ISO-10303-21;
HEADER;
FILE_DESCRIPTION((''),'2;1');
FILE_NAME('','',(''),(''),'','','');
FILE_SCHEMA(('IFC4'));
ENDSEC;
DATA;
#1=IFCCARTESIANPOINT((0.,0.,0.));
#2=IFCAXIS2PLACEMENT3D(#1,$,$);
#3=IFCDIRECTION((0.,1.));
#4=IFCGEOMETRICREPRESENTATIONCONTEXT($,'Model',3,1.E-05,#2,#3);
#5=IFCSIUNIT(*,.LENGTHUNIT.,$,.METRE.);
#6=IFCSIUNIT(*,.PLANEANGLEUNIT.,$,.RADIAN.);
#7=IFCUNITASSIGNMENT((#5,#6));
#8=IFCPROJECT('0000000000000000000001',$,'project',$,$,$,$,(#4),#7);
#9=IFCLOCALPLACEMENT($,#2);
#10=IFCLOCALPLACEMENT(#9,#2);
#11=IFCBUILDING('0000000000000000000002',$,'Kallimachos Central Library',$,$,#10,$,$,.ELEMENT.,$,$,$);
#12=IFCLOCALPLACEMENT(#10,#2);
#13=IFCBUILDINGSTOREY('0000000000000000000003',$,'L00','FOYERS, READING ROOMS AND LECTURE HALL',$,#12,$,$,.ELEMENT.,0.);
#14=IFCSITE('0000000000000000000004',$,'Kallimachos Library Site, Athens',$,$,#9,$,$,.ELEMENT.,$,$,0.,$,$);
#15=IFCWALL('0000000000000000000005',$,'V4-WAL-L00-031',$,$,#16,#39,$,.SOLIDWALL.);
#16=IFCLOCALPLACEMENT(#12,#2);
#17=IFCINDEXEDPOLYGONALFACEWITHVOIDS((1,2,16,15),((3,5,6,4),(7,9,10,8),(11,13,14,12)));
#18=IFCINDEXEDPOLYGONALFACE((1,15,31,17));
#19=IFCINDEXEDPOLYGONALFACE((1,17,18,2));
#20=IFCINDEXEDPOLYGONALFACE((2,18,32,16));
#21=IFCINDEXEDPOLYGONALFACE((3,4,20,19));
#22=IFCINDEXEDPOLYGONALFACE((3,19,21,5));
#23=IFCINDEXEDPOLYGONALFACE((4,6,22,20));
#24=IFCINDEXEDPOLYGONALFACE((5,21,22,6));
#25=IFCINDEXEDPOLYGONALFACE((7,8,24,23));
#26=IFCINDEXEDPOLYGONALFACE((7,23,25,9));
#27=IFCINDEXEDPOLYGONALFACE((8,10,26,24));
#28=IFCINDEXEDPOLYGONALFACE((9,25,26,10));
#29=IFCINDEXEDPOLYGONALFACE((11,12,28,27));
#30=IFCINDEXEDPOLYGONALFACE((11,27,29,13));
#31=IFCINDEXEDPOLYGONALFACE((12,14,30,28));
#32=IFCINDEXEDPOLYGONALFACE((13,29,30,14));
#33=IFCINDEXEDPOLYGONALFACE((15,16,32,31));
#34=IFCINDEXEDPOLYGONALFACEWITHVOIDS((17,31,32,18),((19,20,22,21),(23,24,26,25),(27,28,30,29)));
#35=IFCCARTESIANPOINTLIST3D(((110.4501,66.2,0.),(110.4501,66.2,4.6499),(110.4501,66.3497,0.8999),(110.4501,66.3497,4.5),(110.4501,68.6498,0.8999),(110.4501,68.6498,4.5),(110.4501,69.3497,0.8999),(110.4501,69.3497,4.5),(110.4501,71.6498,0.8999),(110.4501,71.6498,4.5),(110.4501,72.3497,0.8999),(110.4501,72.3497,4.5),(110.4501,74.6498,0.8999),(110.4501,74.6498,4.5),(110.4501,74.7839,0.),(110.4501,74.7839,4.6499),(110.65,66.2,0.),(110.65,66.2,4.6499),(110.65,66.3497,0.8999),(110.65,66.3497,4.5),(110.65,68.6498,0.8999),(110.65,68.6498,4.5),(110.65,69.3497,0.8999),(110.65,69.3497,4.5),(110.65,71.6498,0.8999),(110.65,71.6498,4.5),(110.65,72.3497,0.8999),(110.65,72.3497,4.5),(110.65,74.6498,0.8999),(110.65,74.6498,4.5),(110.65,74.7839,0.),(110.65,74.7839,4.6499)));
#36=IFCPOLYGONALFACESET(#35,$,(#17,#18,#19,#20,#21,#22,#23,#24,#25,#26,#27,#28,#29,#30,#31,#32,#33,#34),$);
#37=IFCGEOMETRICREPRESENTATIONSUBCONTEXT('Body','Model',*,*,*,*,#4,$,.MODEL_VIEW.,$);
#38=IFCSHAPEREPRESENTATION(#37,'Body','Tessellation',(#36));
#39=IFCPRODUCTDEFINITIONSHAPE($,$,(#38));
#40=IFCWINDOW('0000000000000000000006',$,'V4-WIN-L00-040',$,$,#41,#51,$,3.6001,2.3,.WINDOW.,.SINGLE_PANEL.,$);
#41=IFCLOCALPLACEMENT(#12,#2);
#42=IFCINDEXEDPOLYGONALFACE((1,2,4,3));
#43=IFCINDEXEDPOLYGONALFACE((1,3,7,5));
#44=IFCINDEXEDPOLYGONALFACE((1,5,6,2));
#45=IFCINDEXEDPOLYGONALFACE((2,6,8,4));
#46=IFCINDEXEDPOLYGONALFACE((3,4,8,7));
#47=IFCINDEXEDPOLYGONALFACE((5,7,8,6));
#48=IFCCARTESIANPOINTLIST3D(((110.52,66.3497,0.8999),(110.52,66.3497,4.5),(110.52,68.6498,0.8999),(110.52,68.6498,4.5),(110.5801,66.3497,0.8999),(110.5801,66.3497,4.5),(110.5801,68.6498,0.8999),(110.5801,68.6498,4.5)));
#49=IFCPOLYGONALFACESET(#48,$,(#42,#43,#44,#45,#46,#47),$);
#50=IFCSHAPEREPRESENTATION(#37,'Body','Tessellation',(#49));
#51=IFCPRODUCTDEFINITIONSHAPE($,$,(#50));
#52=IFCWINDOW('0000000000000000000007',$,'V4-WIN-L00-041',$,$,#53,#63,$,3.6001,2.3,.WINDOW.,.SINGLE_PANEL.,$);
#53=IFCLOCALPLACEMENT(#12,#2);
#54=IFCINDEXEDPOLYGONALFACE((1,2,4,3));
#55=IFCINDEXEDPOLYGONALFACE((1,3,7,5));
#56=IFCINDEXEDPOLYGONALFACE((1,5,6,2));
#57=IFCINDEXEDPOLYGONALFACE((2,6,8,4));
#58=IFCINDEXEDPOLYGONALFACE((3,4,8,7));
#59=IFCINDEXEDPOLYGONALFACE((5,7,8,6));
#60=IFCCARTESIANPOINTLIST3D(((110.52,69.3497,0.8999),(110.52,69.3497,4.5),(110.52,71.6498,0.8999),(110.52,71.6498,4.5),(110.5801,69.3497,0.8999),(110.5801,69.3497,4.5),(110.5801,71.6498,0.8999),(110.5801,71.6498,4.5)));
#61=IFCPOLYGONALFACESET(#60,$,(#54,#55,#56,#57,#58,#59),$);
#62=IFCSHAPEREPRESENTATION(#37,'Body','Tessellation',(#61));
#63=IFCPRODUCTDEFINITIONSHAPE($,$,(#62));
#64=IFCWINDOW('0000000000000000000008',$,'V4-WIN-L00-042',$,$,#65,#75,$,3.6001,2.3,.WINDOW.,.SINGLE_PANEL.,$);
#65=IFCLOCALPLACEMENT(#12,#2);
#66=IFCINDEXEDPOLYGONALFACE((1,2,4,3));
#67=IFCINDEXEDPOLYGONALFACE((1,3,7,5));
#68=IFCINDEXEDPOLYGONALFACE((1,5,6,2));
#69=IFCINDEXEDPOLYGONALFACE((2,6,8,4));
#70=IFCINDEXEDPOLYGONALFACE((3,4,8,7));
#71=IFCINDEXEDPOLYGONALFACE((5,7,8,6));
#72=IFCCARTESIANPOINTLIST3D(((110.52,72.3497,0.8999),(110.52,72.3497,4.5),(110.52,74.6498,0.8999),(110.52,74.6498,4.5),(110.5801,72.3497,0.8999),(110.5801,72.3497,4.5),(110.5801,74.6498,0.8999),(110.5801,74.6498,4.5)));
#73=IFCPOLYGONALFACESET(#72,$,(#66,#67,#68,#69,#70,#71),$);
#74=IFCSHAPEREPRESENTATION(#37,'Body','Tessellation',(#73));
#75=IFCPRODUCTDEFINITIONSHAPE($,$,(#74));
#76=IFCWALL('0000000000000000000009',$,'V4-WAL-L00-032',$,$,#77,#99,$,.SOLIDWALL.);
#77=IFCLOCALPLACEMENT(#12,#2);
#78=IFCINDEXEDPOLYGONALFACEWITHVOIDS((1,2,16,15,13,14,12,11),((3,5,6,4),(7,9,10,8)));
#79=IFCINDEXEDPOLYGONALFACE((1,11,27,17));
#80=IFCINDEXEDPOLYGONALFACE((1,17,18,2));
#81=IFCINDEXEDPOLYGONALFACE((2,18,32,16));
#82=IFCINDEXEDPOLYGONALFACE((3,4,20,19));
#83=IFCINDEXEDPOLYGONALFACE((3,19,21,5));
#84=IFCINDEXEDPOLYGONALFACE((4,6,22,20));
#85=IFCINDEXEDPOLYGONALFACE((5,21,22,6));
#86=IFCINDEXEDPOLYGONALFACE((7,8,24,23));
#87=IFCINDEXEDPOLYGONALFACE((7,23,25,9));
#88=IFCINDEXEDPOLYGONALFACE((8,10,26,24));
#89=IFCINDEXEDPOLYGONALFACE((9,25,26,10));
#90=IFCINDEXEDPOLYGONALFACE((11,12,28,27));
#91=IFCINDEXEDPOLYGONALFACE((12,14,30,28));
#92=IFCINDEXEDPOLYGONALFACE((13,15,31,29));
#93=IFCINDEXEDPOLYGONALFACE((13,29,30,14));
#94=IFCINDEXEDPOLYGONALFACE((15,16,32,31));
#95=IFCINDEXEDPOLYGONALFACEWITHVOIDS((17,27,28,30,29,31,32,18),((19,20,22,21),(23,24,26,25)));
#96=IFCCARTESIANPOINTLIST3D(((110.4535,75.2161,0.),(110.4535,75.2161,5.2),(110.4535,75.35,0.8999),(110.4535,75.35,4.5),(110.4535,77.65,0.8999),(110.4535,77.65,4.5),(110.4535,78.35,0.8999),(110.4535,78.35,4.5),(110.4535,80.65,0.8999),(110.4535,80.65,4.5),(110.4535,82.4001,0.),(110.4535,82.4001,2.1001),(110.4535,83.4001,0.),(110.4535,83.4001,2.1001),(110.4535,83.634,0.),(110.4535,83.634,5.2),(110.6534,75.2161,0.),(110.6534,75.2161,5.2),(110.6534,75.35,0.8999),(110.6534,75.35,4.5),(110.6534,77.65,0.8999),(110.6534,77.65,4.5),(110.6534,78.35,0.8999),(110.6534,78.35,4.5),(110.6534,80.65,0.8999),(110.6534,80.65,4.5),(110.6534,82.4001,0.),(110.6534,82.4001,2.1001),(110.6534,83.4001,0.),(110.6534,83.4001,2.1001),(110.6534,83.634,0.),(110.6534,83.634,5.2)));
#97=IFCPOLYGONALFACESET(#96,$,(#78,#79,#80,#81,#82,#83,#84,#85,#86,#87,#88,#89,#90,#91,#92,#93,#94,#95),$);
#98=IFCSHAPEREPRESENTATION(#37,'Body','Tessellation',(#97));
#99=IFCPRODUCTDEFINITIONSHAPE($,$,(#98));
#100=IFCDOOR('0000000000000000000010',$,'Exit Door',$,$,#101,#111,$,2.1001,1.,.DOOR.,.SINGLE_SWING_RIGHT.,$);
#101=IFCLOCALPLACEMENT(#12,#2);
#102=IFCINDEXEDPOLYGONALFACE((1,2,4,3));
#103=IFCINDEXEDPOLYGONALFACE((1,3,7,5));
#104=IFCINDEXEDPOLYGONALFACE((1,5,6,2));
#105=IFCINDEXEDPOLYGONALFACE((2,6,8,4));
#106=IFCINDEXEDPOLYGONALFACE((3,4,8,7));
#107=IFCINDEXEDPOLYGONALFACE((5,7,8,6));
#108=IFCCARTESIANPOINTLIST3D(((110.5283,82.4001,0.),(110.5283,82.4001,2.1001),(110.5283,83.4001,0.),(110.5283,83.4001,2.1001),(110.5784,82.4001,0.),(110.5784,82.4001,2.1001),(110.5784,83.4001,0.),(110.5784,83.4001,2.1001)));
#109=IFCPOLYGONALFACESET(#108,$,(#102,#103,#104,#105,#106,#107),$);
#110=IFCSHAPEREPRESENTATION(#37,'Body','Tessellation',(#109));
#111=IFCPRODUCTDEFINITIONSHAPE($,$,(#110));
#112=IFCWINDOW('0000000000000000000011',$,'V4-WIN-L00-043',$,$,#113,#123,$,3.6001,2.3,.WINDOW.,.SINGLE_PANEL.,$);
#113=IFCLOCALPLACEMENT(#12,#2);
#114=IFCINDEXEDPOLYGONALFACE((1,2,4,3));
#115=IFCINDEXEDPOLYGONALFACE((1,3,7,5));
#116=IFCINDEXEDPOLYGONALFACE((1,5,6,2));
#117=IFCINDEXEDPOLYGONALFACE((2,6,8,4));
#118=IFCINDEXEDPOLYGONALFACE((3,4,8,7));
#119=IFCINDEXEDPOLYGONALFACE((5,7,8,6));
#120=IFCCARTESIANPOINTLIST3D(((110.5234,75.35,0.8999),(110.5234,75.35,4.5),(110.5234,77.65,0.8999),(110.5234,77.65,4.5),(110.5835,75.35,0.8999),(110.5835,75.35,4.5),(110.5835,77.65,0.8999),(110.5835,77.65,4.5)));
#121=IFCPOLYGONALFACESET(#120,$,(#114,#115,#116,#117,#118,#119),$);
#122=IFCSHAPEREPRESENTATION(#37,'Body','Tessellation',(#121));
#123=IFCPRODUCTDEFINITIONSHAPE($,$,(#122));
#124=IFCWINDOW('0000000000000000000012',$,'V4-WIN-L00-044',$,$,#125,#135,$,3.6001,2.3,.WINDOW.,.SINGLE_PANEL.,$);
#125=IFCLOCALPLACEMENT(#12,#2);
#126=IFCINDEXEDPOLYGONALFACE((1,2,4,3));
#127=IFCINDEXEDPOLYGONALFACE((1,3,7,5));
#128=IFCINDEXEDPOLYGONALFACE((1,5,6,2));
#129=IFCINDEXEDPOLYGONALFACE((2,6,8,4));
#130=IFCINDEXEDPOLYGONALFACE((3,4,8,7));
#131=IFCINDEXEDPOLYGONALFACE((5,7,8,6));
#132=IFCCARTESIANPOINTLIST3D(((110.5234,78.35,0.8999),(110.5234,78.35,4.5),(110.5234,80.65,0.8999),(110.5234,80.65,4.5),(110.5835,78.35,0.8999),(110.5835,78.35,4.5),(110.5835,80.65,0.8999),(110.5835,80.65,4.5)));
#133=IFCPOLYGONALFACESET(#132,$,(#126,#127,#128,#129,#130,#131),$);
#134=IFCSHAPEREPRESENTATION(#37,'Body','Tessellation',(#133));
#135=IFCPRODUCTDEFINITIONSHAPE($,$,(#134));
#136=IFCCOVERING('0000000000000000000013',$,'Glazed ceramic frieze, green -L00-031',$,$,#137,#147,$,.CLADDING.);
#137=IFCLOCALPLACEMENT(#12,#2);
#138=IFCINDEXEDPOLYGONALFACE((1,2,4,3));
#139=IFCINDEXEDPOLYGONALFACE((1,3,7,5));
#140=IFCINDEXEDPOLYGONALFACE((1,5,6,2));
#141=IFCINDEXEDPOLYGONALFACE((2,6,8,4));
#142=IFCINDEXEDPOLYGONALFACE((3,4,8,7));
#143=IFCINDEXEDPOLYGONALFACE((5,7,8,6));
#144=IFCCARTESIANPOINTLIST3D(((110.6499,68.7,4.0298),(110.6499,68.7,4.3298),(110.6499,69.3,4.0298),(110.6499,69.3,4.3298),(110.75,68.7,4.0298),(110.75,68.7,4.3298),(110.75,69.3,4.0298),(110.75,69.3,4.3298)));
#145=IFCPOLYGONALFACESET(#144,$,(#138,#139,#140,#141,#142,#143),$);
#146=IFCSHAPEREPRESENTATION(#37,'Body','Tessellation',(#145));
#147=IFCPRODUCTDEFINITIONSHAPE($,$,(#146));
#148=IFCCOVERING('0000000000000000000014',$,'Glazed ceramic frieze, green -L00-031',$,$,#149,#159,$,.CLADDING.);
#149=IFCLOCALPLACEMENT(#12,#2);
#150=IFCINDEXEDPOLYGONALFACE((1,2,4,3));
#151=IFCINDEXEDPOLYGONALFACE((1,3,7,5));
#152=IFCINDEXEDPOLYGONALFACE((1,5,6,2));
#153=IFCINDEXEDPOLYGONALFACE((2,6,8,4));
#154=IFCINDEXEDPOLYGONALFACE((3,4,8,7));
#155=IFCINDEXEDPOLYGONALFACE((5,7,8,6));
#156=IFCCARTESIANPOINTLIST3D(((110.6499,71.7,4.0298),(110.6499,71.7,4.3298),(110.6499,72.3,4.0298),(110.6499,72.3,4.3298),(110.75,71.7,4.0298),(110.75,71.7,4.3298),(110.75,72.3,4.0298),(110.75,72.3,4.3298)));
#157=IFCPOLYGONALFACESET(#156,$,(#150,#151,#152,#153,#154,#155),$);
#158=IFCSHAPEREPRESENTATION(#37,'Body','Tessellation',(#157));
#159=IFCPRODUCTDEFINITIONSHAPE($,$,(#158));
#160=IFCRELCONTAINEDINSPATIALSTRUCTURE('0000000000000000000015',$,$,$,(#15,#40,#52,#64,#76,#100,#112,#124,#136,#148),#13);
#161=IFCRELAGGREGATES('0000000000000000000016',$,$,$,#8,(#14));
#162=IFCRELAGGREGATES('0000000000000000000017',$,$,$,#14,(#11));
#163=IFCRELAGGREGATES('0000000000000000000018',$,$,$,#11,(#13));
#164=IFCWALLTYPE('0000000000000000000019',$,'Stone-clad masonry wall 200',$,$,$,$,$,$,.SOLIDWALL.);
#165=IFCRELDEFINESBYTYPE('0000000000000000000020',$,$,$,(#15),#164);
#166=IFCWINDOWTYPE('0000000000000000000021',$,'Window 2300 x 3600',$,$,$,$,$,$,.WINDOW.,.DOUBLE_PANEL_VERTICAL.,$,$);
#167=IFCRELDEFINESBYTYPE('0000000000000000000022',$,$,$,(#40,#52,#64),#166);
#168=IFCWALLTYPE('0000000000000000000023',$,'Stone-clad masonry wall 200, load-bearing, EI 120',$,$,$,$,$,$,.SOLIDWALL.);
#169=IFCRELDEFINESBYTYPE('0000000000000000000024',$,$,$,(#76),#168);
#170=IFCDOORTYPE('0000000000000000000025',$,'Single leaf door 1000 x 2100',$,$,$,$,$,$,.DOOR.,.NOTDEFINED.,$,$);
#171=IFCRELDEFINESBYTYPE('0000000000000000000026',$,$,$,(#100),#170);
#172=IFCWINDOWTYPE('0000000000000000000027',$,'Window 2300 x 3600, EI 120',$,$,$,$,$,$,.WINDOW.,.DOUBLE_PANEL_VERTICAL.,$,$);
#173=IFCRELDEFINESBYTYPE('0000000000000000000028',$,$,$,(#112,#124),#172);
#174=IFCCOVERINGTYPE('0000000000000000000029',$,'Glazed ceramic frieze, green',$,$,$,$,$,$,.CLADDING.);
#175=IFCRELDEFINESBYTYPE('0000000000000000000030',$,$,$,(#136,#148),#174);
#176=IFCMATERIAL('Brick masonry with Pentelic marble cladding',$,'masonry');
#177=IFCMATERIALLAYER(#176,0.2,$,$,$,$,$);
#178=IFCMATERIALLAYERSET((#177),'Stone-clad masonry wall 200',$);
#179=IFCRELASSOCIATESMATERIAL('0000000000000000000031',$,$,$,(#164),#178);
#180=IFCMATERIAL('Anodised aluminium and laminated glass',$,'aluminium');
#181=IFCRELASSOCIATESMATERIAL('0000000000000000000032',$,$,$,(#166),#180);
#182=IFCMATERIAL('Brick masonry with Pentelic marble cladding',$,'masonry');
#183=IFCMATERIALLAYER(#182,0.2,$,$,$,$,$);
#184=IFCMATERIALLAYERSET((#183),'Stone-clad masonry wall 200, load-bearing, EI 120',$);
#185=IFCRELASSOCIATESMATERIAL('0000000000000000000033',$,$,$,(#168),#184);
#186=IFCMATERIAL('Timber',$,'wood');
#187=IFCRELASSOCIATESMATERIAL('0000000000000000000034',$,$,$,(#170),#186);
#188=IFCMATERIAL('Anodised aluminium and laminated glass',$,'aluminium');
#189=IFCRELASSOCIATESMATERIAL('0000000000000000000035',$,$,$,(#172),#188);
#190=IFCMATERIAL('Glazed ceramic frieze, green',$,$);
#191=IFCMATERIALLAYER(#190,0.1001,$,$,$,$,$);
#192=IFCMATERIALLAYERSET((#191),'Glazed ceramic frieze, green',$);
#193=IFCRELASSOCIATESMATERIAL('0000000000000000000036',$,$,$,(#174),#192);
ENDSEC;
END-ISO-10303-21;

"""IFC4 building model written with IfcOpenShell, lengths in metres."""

from ifc_helpers import new_model, si_unit, direction, frame, frame_2d, origin, origin_2d, place, context, subcontext, project, spatial, rectangle, extrude, material, layer, layer_set, type_object, element, fill, save


model = new_model("IFC4")

# Units and contexts
model_context = context("Model", 3, precision=1e-05, world=origin(), true_north=direction((0.0, 1.0)))
body_context = subcontext(model_context, "Body", "Model", "MODEL_VIEW")
ifc_project = project(units=[si_unit("LENGTHUNIT", "METRE"), si_unit("PLANEANGLEUNIT", "RADIAN")], contexts=[model_context])

# Site, building, storey
site_placement = place(None, origin())
site = spatial("IfcSite", under=ifc_project, at=site_placement, Name="Kallimachos Library Site, Athens", CompositionType="ELEMENT", RefElevation=0.0)
building_placement = place(site_placement, origin())
building = spatial("IfcBuilding", under=site, at=building_placement, Name="Kallimachos Central Library", CompositionType="ELEMENT")
storey_placement = place(building_placement, origin())
storey = spatial("IfcBuildingStorey", under=building, at=storey_placement, Name="L00", Description="FOYERS, READING ROOMS AND LECTURE HALL", CompositionType="ELEMENT", Elevation=0.0)

# Wall, openings, windows
ifc_material_1 = material(Name="Brick masonry with Pentelic marble cladding", Category="masonry")
ifc_layer_1 = layer(ifc_material_1, 0.2)
ifc_layer_set_1 = layer_set([ifc_layer_1], Name="Stone-clad masonry wall 200")
wall_type_1 = type_object("IfcWallType", Name="Stone-clad masonry wall 200", PredefinedType="SOLIDWALL", material=ifc_layer_set_1)
wall_1_placement = place(storey_placement, frame((110.55, 66.2, 0.0), z_axis=(0.0, 0.0, 1.0), x_axis=(0.0, 1.0, 0.0)))
wall_1 = element("IfcWall", 1, at=wall_1_placement, inside=storey, type_object=wall_type_1, Name="V4-WAL-L00-031", PredefinedType="SOLIDWALL", context=body_context, shape_type="SweptSolid", body=[
    extrude(rectangle(XDim=8.584, YDim=0.2, at=frame_2d((4.292, 0.0))), origin(), (0.0, 0.0, 1.0), 4.6499),
])
opening_1_placement = place(wall_1_placement, frame((0.1499, 0.0, 0.8999)))
opening_1 = element("IfcOpeningElement", 2, at=opening_1_placement, cuts=wall_1, PredefinedType="OPENING", context=body_context, shape_type="SweptSolid", body=[
    extrude(rectangle(XDim=2.3, YDim=3.6001, at=frame_2d((1.1499, 1.8))), frame((0.0, 0.1099, 0.0), z_axis=(0.0, -1.0, 0.0), x_axis=(1.0, 0.0, 0.0)), (0.0, 0.0, 1.0), 0.22),
])
opening_2_placement = place(wall_1_placement, frame((3.1499, 0.0, 0.8999)))
opening_2 = element("IfcOpeningElement", 3, at=opening_2_placement, cuts=wall_1, PredefinedType="OPENING", context=body_context, shape_type="SweptSolid", body=[
    extrude(rectangle(XDim=2.3, YDim=3.6001, at=frame_2d((1.1499, 1.8))), frame((0.0, 0.1099, 0.0), z_axis=(0.0, -1.0, 0.0), x_axis=(1.0, 0.0, 0.0)), (0.0, 0.0, 1.0), 0.22),
])
opening_3_placement = place(wall_1_placement, frame((6.1499, 0.0, 0.8999)))
opening_3 = element("IfcOpeningElement", 4, at=opening_3_placement, cuts=wall_1, PredefinedType="OPENING", context=body_context, shape_type="SweptSolid", body=[
    extrude(rectangle(XDim=2.3, YDim=3.6001, at=frame_2d((1.1499, 1.8))), frame((0.0, 0.1099, 0.0), z_axis=(0.0, -1.0, 0.0), x_axis=(1.0, 0.0, 0.0)), (0.0, 0.0, 1.0), 0.22),
])
ifc_material_2 = material(Name="Anodised aluminium and laminated glass", Category="aluminium")
window_type_1 = type_object("IfcWindowType", Name="Window 2300 x 3600", PartitioningType="DOUBLE_PANEL_VERTICAL", PredefinedType="WINDOW", material=ifc_material_2)
window_1_placement = place(opening_1_placement, origin())
window_1 = element("IfcWindow", 5, at=window_1_placement, inside=storey, type_object=window_type_1, Name="V4-WIN-L00-040", OverallHeight=3.6001, OverallWidth=2.3, PartitioningType="SINGLE_PANEL", PredefinedType="WINDOW", context=body_context, shape_type="SweptSolid", body=[
    extrude(rectangle(XDim=2.3, YDim=3.6001, at=frame_2d((1.1499, 1.8))), frame((0.0, 0.03, 0.0), z_axis=(0.0, -1.0, 0.0), x_axis=(1.0, 0.0, 0.0)), (0.0, 0.0, 1.0), 0.0601),
])
fill(opening_1, window_1)
window_2_placement = place(opening_2_placement, origin())
window_2 = element("IfcWindow", 6, at=window_2_placement, inside=storey, type_object=window_type_1, Name="V4-WIN-L00-041", OverallHeight=3.6001, OverallWidth=2.3, PartitioningType="SINGLE_PANEL", PredefinedType="WINDOW", context=body_context, shape_type="SweptSolid", body=[
    extrude(rectangle(XDim=2.3, YDim=3.6001, at=frame_2d((1.1499, 1.8))), frame((0.0, 0.03, 0.0), z_axis=(0.0, -1.0, 0.0), x_axis=(1.0, 0.0, 0.0)), (0.0, 0.0, 1.0), 0.0601),
])
fill(opening_2, window_2)
window_3_placement = place(opening_3_placement, origin())
window_3 = element("IfcWindow", 7, at=window_3_placement, inside=storey, type_object=window_type_1, Name="V4-WIN-L00-042", OverallHeight=3.6001, OverallWidth=2.3, PartitioningType="SINGLE_PANEL", PredefinedType="WINDOW", context=body_context, shape_type="SweptSolid", body=[
    extrude(rectangle(XDim=2.3, YDim=3.6001, at=frame_2d((1.1499, 1.8))), frame((0.0, 0.03, 0.0), z_axis=(0.0, -1.0, 0.0), x_axis=(1.0, 0.0, 0.0)), (0.0, 0.0, 1.0), 0.0601),
])
fill(opening_3, window_3)

# Wall, openings, door, windows
ifc_material_3 = material(Name="Brick masonry with Pentelic marble cladding", Category="masonry")
ifc_layer_2 = layer(ifc_material_3, 0.2)
ifc_layer_set_2 = layer_set([ifc_layer_2], Name="Stone-clad masonry wall 200, load-bearing, EI 120")
wall_type_2 = type_object("IfcWallType", Name="Stone-clad masonry wall 200, load-bearing, EI 120", PredefinedType="SOLIDWALL", material=ifc_layer_set_2)
wall_2_placement = place(storey_placement, frame((110.5535, 75.2161, 0.0), z_axis=(0.0, 0.0, 1.0), x_axis=(0.0, 1.0, 0.0)))
wall_2 = element("IfcWall", 8, at=wall_2_placement, inside=storey, type_object=wall_type_2, Name="V4-WAL-L00-032", PredefinedType="SOLIDWALL", context=body_context, shape_type="SweptSolid", body=[
    extrude(rectangle(XDim=8.418, YDim=0.2, at=frame_2d((4.209, 0.0))), origin(), (0.0, 0.0, 1.0), 5.2),
])
opening_4_placement = place(wall_2_placement, frame((7.1841, 0.0, 0.0)))
opening_4 = element("IfcOpeningElement", 9, at=opening_4_placement, cuts=wall_2, PredefinedType="OPENING", context=body_context, shape_type="SweptSolid", body=[
    extrude(rectangle(XDim=1.0, YDim=2.1001, at=frame_2d((0.5, 1.05))), frame((0.0, 0.1099, 0.0), z_axis=(0.0, -1.0, 0.0), x_axis=(1.0, 0.0, 0.0)), (0.0, 0.0, 1.0), 0.22),
])
opening_5_placement = place(wall_2_placement, frame((0.134, 0.0, 0.8999)))
opening_5 = element("IfcOpeningElement", 10, at=opening_5_placement, cuts=wall_2, PredefinedType="OPENING", context=body_context, shape_type="SweptSolid", body=[
    extrude(rectangle(XDim=2.3, YDim=3.6001, at=frame_2d((1.1499, 1.8))), frame((0.0, 0.1099, 0.0), z_axis=(0.0, -1.0, 0.0), x_axis=(1.0, 0.0, 0.0)), (0.0, 0.0, 1.0), 0.22),
])
opening_6_placement = place(wall_2_placement, frame((3.134, 0.0, 0.8999)))
opening_6 = element("IfcOpeningElement", 11, at=opening_6_placement, cuts=wall_2, PredefinedType="OPENING", context=body_context, shape_type="SweptSolid", body=[
    extrude(rectangle(XDim=2.3, YDim=3.6001, at=frame_2d((1.1499, 1.8))), frame((0.0, 0.1099, 0.0), z_axis=(0.0, -1.0, 0.0), x_axis=(1.0, 0.0, 0.0)), (0.0, 0.0, 1.0), 0.22),
])
ifc_material_4 = material(Name="Timber", Category="wood")
door_type = type_object("IfcDoorType", Name="Single leaf door 1000 x 2100", OperationType="NOTDEFINED", PredefinedType="DOOR", material=ifc_material_4)
door_placement = place(opening_4_placement, frame((1.0, 0.0, 0.0), z_axis=(0.0, 0.0, 1.0), x_axis=(-1.0, 0.0, 0.0)))
door = element("IfcDoor", 12, at=door_placement, inside=storey, type_object=door_type, Name="Exit Door", OperationType="SINGLE_SWING_RIGHT", OverallHeight=2.1001, OverallWidth=1.0, PredefinedType="DOOR", context=body_context, shape_type="SweptSolid", body=[
    extrude(rectangle(XDim=1.0, YDim=2.1001, at=frame_2d((0.5, 1.05))), frame((0.0, 0.0249, 0.0), z_axis=(0.0, -1.0, 0.0), x_axis=(1.0, 0.0, 0.0)), (0.0, 0.0, 1.0), 0.05),
])
fill(opening_4, door)
ifc_material_5 = material(Name="Anodised aluminium and laminated glass", Category="aluminium")
window_type_2 = type_object("IfcWindowType", Name="Window 2300 x 3600, EI 120", PartitioningType="DOUBLE_PANEL_VERTICAL", PredefinedType="WINDOW", material=ifc_material_5)
window_4_placement = place(opening_5_placement, origin())
window_4 = element("IfcWindow", 13, at=window_4_placement, inside=storey, type_object=window_type_2, Name="V4-WIN-L00-043", OverallHeight=3.6001, OverallWidth=2.3, PartitioningType="SINGLE_PANEL", PredefinedType="WINDOW", context=body_context, shape_type="SweptSolid", body=[
    extrude(rectangle(XDim=2.3, YDim=3.6001, at=frame_2d((1.1499, 1.8))), frame((0.0, 0.03, 0.0), z_axis=(0.0, -1.0, 0.0), x_axis=(1.0, 0.0, 0.0)), (0.0, 0.0, 1.0), 0.0601),
])
fill(opening_5, window_4)
window_5_placement = place(opening_6_placement, origin())
window_5 = element("IfcWindow", 14, at=window_5_placement, inside=storey, type_object=window_type_2, Name="V4-WIN-L00-044", OverallHeight=3.6001, OverallWidth=2.3, PartitioningType="SINGLE_PANEL", PredefinedType="WINDOW", context=body_context, shape_type="SweptSolid", body=[
    extrude(rectangle(XDim=2.3, YDim=3.6001, at=frame_2d((1.1499, 1.8))), frame((0.0, 0.03, 0.0), z_axis=(0.0, -1.0, 0.0), x_axis=(1.0, 0.0, 0.0)), (0.0, 0.0, 1.0), 0.0601),
])
fill(opening_6, window_5)

# Coverings
ifc_material_6 = material(Name="Glazed ceramic frieze, green")
ifc_layer_3 = layer(ifc_material_6, 0.1001)
ifc_layer_set_3 = layer_set([ifc_layer_3], Name="Glazed ceramic frieze, green")
covering_type_1 = type_object("IfcCoveringType", Name="Glazed ceramic frieze, green", PredefinedType="CLADDING", material=ifc_layer_set_3)
for number, where, z_axis, x_axis, name in (
    (15, (110.7, 69.0, 4.0298), (0.0, 0.0, 1.0), (1.0, 0.0, 0.0), "Glazed ceramic frieze, green -L00-031"),
    (16, (110.7, 72.0, 4.0298), (0.0, 0.0, 1.0), (1.0, 0.0, 0.0), "Glazed ceramic frieze, green -L00-031"),
):
    element("IfcCovering", number, at=place(storey_placement, frame(where, z_axis=z_axis, x_axis=x_axis)), inside=storey, type_object=covering_type_1, Name=name, PredefinedType="CLADDING", context=body_context, shape_type="SweptSolid", body=[
        extrude(rectangle(XDim=0.1001, YDim=0.6001, at=origin_2d()), origin(), (0.0, 0.0, 1.0), 0.3),
    ])

save(model, "model.ifc")
